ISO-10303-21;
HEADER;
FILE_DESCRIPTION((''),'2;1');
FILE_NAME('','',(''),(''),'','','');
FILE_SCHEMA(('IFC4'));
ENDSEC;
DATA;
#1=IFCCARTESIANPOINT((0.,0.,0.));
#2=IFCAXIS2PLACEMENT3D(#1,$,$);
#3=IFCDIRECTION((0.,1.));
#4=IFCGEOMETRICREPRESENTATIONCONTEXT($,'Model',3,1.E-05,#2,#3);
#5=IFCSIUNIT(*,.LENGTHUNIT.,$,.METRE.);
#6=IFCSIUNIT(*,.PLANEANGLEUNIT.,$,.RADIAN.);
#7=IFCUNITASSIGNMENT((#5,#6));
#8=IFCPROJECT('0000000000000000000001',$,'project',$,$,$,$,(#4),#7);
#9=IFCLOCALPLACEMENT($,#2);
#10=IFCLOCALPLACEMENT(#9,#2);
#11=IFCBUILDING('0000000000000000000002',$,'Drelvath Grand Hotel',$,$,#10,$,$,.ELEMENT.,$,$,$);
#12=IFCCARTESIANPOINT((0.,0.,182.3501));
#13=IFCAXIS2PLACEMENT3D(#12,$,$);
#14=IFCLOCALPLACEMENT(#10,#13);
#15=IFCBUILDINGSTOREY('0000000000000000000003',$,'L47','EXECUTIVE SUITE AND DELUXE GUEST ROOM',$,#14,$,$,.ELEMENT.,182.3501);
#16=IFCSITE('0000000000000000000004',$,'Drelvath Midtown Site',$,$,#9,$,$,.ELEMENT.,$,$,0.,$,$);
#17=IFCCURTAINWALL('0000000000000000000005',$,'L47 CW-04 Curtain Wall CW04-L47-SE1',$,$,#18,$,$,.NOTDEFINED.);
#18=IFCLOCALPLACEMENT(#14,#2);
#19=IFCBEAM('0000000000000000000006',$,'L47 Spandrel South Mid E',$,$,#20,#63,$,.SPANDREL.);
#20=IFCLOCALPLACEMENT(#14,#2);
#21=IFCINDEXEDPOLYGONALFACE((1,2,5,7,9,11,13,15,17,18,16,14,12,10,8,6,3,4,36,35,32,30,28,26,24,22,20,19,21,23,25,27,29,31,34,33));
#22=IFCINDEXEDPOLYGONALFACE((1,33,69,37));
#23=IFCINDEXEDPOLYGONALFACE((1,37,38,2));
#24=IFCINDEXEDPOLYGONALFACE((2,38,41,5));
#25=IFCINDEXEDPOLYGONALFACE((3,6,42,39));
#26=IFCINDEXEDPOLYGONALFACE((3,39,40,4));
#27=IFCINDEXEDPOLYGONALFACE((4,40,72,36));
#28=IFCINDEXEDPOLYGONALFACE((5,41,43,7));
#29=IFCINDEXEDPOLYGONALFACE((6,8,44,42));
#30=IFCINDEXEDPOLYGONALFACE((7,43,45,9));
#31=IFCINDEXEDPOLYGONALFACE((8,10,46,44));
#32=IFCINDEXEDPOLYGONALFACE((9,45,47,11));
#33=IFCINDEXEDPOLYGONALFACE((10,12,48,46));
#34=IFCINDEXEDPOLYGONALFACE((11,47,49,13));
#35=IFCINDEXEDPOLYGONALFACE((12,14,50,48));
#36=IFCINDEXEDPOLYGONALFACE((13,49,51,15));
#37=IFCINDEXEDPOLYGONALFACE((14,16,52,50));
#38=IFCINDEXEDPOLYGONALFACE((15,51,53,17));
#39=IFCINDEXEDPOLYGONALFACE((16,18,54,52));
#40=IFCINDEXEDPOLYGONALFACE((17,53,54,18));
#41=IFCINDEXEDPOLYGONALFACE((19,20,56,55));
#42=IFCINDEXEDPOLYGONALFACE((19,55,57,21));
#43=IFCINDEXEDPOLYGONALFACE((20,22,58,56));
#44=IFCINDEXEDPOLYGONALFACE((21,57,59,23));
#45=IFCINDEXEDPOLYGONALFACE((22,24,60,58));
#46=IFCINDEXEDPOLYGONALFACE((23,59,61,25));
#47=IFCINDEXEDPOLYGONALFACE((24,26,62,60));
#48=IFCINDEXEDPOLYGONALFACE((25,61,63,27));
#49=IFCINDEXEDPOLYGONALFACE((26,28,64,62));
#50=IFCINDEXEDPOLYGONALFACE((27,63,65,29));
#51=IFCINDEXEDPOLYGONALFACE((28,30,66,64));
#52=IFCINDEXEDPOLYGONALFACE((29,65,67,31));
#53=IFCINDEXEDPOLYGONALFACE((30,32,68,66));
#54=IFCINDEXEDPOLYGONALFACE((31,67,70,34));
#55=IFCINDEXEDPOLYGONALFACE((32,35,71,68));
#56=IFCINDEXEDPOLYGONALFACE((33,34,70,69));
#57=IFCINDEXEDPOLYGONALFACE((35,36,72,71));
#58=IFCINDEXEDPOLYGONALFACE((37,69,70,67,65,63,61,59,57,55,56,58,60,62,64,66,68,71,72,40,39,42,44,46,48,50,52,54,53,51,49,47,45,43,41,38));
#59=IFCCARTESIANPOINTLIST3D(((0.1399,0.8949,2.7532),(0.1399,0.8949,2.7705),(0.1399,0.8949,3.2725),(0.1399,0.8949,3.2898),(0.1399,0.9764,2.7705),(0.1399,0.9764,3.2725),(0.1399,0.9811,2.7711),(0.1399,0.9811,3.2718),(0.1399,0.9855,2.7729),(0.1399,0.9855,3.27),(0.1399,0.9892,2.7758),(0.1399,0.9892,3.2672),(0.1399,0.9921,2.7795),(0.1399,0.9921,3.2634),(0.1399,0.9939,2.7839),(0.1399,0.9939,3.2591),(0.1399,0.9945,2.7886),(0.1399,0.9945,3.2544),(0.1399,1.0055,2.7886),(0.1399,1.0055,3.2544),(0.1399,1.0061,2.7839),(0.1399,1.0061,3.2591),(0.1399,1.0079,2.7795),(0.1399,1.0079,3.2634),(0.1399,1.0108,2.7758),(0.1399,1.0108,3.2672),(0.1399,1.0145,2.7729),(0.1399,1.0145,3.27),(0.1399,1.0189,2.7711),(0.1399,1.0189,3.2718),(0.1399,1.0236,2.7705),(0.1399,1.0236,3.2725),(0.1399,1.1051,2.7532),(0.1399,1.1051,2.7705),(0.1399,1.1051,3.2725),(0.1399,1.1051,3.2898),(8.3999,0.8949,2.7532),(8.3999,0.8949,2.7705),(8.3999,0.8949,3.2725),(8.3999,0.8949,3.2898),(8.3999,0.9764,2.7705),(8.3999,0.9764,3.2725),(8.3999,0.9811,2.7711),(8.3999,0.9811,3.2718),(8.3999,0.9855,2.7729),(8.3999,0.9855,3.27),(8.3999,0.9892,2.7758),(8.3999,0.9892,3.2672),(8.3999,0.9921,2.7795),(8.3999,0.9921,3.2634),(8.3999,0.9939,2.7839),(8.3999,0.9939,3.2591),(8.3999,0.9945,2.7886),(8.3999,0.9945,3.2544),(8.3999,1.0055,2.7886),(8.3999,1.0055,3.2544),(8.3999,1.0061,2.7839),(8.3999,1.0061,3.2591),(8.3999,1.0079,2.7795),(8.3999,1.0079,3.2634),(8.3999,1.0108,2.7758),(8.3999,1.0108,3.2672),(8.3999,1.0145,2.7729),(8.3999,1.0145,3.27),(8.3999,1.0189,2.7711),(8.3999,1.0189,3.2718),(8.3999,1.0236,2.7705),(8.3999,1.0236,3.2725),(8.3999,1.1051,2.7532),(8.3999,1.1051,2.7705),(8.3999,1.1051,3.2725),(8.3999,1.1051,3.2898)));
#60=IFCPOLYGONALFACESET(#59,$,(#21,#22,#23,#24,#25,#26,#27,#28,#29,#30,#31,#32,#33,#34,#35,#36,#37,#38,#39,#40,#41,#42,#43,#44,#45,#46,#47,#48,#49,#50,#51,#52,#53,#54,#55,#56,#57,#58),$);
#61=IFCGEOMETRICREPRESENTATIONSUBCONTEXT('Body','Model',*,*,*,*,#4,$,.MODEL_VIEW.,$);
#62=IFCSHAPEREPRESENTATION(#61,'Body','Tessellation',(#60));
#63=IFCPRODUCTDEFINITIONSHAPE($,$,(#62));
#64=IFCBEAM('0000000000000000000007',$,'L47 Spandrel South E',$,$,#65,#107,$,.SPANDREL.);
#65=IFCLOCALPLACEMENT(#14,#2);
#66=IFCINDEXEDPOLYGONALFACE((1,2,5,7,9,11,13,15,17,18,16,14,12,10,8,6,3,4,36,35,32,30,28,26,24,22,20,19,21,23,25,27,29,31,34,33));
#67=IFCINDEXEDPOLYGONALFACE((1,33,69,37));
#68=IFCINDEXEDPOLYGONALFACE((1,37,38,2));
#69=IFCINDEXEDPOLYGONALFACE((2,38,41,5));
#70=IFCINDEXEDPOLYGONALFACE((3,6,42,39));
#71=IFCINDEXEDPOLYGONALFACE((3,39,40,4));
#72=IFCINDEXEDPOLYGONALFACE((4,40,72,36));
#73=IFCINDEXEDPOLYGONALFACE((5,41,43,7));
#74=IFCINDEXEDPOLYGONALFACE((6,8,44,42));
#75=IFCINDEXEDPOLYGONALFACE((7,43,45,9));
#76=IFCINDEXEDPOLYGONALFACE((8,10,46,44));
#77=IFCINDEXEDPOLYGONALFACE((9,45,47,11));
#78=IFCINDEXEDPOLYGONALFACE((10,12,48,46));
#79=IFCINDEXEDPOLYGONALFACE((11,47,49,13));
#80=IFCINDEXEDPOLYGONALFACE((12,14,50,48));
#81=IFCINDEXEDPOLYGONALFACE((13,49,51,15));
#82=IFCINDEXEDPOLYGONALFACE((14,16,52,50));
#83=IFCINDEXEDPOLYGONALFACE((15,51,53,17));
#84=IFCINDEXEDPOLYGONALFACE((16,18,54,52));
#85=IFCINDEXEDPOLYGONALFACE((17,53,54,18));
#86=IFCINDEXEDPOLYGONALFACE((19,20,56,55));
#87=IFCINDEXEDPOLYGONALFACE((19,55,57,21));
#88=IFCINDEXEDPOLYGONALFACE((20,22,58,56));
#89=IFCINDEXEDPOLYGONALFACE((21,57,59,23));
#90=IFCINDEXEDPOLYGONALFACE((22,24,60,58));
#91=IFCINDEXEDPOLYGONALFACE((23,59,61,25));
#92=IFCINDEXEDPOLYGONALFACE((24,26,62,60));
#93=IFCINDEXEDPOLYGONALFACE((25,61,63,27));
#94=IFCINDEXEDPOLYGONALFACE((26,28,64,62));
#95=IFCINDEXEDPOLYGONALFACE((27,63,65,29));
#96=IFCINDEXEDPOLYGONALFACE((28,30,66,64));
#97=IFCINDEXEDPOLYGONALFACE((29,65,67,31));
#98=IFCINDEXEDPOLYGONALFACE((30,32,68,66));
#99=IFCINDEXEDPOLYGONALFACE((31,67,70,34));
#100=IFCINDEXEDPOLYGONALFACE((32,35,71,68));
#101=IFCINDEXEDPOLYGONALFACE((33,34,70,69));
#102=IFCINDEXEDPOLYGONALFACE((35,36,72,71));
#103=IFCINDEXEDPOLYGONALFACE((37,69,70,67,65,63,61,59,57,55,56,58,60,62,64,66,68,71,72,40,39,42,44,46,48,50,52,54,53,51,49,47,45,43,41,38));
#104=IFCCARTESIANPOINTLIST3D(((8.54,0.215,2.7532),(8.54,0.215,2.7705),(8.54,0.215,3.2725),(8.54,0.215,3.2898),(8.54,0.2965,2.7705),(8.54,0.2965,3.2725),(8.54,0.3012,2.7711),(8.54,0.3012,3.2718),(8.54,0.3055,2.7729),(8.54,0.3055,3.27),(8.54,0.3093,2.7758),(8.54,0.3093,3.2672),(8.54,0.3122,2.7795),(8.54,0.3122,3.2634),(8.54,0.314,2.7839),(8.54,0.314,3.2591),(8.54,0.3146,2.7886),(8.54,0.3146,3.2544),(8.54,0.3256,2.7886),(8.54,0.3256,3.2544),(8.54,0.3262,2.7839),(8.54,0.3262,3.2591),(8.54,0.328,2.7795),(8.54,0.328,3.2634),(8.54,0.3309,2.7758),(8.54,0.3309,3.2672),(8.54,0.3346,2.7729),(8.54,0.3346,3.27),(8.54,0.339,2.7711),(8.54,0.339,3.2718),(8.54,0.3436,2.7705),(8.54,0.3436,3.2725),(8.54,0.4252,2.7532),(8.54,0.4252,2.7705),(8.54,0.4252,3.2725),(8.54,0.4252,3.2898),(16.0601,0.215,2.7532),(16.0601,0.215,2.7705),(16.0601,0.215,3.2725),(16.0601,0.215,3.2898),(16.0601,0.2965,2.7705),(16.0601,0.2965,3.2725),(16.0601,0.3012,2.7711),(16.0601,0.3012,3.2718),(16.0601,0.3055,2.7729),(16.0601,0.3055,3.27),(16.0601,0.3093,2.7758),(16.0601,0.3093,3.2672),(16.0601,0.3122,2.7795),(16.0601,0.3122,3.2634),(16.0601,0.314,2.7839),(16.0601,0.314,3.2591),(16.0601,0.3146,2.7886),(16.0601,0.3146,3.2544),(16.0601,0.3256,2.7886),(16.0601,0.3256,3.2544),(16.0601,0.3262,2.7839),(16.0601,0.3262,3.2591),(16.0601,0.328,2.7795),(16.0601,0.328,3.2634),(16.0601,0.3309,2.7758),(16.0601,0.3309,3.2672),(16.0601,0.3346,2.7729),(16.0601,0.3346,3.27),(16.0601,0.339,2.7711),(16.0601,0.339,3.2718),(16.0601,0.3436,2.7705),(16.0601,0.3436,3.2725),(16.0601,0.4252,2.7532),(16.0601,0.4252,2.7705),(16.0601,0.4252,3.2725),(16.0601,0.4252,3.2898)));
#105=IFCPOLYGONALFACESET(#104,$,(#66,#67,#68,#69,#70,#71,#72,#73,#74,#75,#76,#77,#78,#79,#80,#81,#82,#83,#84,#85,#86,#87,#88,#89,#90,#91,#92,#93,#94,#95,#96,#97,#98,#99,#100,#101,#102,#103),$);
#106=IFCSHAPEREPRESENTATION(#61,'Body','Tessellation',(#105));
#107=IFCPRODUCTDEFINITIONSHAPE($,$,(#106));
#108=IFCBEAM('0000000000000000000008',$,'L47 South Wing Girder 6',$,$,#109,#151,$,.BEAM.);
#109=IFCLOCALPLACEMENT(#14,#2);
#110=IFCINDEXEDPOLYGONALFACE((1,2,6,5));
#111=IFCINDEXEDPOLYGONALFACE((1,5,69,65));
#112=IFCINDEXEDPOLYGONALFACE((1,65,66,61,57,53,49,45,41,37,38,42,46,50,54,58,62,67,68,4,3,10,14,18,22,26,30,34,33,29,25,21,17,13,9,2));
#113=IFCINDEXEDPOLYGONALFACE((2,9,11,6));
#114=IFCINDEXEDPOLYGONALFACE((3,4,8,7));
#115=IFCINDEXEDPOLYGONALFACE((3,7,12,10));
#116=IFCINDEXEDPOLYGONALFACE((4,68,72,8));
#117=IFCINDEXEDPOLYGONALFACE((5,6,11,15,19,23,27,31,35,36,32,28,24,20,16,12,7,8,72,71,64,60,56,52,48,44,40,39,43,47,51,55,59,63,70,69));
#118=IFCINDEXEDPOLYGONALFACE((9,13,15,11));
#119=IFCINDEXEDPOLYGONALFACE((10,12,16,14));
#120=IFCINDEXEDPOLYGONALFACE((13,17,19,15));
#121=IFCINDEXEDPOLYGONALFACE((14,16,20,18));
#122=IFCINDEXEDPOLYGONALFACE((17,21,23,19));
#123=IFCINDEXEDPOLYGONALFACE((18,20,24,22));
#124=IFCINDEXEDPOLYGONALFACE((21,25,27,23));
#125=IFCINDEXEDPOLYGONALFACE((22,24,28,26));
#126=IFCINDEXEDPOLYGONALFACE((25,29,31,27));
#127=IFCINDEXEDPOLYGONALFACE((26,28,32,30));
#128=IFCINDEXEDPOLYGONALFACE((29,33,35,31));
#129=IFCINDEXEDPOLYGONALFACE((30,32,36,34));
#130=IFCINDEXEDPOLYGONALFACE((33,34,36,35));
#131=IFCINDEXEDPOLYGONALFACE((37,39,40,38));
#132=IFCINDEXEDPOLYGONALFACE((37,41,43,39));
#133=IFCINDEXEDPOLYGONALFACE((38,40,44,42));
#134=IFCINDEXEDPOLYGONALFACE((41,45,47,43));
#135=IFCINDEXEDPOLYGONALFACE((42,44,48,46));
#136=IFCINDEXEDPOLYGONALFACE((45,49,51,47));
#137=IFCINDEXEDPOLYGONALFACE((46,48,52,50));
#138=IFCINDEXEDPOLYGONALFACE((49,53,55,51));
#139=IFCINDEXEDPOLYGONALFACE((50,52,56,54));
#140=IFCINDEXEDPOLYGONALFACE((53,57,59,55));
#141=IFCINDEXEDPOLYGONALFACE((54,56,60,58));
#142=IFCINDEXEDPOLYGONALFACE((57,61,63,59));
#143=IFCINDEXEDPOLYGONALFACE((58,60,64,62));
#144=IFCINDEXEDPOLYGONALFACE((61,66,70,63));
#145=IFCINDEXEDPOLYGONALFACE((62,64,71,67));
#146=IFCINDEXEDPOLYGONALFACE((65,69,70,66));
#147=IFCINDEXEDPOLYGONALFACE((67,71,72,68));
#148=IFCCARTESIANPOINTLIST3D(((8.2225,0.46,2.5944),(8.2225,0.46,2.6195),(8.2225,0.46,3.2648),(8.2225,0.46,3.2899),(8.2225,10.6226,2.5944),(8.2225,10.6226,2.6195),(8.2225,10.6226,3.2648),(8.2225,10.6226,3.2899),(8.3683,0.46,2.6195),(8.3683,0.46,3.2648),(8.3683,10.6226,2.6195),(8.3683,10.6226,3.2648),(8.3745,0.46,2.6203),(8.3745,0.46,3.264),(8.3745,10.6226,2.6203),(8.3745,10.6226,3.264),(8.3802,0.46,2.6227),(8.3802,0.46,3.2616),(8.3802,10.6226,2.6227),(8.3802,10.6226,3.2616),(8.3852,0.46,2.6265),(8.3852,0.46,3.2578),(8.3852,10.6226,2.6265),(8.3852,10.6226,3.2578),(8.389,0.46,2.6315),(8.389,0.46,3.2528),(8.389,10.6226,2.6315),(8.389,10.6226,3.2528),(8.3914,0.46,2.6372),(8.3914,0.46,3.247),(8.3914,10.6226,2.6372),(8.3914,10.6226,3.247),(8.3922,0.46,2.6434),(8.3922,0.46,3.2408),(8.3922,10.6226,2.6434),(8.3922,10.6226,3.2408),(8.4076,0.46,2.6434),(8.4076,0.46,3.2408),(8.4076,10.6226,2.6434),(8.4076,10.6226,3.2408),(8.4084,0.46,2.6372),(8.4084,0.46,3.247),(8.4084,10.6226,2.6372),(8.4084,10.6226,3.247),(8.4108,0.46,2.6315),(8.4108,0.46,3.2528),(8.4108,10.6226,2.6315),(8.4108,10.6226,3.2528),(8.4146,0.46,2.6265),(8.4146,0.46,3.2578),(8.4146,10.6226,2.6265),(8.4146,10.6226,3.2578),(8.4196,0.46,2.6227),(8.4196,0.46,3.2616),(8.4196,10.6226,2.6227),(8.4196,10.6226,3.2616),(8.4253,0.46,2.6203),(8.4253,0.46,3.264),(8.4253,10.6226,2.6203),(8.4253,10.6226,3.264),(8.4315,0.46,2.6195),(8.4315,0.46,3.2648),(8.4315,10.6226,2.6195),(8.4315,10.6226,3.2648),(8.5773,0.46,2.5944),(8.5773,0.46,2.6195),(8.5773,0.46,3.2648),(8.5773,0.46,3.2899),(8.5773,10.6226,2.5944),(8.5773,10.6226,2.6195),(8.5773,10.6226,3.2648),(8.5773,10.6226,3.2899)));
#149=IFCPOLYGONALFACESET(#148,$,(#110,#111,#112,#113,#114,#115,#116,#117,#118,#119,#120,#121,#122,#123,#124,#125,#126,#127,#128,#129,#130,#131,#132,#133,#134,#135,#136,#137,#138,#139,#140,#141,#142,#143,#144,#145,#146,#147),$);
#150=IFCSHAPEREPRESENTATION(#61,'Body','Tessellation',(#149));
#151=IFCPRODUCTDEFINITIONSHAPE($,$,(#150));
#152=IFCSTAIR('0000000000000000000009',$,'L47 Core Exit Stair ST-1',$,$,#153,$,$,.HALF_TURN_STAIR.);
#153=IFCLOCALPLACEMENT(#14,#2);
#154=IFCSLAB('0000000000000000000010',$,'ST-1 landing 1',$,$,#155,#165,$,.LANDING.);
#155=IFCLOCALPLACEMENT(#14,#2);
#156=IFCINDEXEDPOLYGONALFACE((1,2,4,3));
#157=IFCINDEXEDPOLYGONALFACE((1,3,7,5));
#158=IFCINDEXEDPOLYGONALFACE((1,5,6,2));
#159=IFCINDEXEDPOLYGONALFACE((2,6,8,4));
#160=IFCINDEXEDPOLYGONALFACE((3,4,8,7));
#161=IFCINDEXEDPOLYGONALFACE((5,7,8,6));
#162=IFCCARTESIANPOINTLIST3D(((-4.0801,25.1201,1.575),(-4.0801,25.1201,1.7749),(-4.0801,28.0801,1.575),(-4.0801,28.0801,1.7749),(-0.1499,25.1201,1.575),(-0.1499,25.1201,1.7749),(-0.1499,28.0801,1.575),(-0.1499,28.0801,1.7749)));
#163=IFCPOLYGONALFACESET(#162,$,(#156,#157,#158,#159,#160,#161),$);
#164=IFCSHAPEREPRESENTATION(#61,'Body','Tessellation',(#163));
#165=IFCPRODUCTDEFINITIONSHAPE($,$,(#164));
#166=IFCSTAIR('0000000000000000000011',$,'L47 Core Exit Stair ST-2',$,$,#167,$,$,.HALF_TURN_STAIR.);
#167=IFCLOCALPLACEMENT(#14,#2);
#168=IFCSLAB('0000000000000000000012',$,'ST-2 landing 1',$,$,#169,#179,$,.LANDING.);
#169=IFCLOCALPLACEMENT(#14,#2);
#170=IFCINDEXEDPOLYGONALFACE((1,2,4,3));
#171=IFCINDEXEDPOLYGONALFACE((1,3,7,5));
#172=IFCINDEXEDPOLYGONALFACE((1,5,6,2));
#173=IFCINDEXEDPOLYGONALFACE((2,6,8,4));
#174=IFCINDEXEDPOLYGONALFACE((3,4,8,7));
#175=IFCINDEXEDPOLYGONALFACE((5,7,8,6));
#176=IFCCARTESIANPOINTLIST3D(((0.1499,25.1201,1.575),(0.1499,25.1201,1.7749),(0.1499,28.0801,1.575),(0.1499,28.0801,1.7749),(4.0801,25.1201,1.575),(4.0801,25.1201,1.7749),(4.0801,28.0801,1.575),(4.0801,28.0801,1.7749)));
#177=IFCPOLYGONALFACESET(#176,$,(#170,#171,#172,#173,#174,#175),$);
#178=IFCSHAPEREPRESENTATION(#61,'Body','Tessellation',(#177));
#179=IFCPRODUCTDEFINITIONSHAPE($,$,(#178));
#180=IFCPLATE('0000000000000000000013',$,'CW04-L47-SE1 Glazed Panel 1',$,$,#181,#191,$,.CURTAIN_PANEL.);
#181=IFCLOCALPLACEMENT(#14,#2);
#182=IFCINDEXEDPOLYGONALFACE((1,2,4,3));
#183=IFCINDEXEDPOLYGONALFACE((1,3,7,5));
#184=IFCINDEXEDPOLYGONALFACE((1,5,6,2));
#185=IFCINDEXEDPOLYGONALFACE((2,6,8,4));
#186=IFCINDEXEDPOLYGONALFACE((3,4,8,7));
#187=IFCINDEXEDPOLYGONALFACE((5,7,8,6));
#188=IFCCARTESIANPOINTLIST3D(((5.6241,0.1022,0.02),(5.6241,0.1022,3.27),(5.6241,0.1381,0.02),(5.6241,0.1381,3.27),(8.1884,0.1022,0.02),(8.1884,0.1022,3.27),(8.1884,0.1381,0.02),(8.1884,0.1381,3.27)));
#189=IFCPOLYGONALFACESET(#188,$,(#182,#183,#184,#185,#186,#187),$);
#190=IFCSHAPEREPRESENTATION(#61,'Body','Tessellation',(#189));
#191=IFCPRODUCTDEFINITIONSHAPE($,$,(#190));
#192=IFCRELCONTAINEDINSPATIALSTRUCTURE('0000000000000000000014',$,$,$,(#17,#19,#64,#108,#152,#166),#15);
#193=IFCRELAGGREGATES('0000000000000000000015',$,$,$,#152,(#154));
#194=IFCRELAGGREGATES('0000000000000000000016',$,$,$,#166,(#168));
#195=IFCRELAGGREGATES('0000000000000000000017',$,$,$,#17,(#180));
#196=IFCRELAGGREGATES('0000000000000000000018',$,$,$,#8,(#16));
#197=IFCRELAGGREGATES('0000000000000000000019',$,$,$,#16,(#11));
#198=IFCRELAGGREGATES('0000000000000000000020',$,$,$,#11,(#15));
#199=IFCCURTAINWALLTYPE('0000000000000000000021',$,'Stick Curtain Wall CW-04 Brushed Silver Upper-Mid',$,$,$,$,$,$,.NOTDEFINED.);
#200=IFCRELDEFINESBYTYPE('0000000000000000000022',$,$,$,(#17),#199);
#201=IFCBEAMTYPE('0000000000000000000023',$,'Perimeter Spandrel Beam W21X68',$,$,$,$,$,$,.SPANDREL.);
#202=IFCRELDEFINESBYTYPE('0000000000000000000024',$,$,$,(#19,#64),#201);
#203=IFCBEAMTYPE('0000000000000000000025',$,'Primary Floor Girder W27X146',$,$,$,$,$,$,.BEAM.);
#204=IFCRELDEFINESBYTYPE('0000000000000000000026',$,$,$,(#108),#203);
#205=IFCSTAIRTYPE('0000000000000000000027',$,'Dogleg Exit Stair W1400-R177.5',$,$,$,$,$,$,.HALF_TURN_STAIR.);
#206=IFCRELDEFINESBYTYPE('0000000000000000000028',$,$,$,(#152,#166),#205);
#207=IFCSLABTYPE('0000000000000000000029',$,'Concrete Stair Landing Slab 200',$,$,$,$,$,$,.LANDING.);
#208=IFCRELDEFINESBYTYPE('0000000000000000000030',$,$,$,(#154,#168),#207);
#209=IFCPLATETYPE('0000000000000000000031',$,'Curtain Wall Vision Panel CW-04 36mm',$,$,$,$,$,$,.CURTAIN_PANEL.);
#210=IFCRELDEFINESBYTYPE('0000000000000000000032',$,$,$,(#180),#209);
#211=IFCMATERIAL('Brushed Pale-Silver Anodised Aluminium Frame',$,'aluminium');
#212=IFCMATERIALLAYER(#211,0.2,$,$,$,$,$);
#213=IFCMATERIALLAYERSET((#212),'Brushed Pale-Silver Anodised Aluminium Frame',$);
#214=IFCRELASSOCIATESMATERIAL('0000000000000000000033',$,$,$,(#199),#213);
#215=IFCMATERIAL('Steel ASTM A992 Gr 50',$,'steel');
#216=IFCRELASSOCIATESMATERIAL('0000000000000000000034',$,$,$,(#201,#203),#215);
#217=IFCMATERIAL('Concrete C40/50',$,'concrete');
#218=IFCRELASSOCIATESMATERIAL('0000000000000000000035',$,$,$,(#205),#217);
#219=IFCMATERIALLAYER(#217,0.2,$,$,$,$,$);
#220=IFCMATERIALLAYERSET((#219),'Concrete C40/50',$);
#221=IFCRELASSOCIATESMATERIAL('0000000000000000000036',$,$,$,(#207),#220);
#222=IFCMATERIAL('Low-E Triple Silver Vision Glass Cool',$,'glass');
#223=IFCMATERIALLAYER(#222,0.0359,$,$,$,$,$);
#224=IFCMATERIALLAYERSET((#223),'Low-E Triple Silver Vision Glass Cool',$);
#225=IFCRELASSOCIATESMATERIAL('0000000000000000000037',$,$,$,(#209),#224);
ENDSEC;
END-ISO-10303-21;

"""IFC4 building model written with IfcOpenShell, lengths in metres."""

from ifc_helpers import new_model, si_unit, direction, frame, origin, origin_2d, place, context, subcontext, project, spatial, polyline, rectangle, i_section, outline, extrude, material, layer, layer_set, material_profile, profile_set, type_object, element, aggregate, save


model = new_model("IFC4")

# Units and contexts
model_context = context("Model", 3, precision=1e-05, world=origin(), true_north=direction((0.0, 1.0)))
body_context = subcontext(model_context, "Body", "Model", "MODEL_VIEW")
ifc_project = project(units=[si_unit("LENGTHUNIT", "METRE"), si_unit("PLANEANGLEUNIT", "RADIAN")], contexts=[model_context])

# Site, building, storey
site_placement = place(None, origin())
site = spatial("IfcSite", under=ifc_project, at=site_placement, Name="Drelvath Midtown Site", CompositionType="ELEMENT", RefElevation=0.0)
building_placement = place(site_placement, origin())
building = spatial("IfcBuilding", under=site, at=building_placement, Name="Drelvath Grand Hotel", CompositionType="ELEMENT")
storey_placement = place(building_placement, frame((0.0, 0.0, 182.3501)))
storey = spatial("IfcBuildingStorey", under=building, at=storey_placement, Name="L47", Description="EXECUTIVE SUITE AND DELUXE GUEST ROOM", CompositionType="ELEMENT", Elevation=182.3501)

# Curtain wall
ifc_material_1 = material(Name="Brushed Pale-Silver Anodised Aluminium Frame", Category="aluminium")
ifc_layer_1 = layer(ifc_material_1, 0.2)
ifc_layer_set_1 = layer_set([ifc_layer_1], Name="Brushed Pale-Silver Anodised Aluminium Frame")
curtain_wall_type = type_object("IfcCurtainWallType", Name="Stick Curtain Wall CW-04 Brushed Silver Upper-Mid", PredefinedType="NOTDEFINED", material=ifc_layer_set_1)
curtain_wall_1_placement = place(storey_placement, origin())
curtain_wall_1 = element("IfcCurtainWall", 1, at=curtain_wall_1_placement, inside=storey, type_object=curtain_wall_type, Name="L47 CW-04 Curtain Wall CW04-L47-SE1", PredefinedType="NOTDEFINED")

# Beams
ifc_material_2 = material(Name="Steel ASTM A992 Gr 50", Category="steel")
ifc_material_profile_1 = material_profile(ifc_material_2, i_section(OverallWidth=0.2102, OverallDepth=0.5366, WebThickness=0.011, FlangeThickness=0.0173, FilletRadius=0.0181, at=origin_2d()), Name="W21X68")
ifc_profile_set_1 = profile_set([ifc_material_profile_1], Name="Steel ASTM A992 Gr 50")
beam_type_1 = type_object("IfcBeamType", Name="Perimeter Spandrel Beam W21X68", PredefinedType="SPANDREL", material=ifc_profile_set_1)
beam_1_placement = place(storey_placement, frame((0.1399, 1.0, 3.0215), z_axis=(1.0, 0.0, 0.0), x_axis=(0.0, 1.0, 0.0)))
element("IfcBeam", 2, at=beam_1_placement, inside=storey, type_object=beam_type_1, Name="L47 Spandrel South Mid E", PredefinedType="SPANDREL", context=body_context, shape_type="SweptSolid", body=[
    extrude(i_section(OverallWidth=0.2102, OverallDepth=0.5366, WebThickness=0.011, FlangeThickness=0.0173, FilletRadius=0.0181, at=origin_2d()), origin(), (0.0, 0.0, 1.0), 8.26),
])
beam_2_placement = place(storey_placement, frame((8.54, 0.3201, 3.0215), z_axis=(1.0, 0.0, 0.0), x_axis=(0.0, 1.0, 0.0)))
element("IfcBeam", 3, at=beam_2_placement, inside=storey, type_object=beam_type_1, Name="L47 Spandrel South E", PredefinedType="SPANDREL", context=body_context, shape_type="SweptSolid", body=[
    extrude(i_section(OverallWidth=0.2102, OverallDepth=0.5366, WebThickness=0.011, FlangeThickness=0.0173, FilletRadius=0.0181, at=origin_2d()), origin(), (0.0, 0.0, 1.0), 7.52),
])
ifc_material_profile_2 = material_profile(ifc_material_2, i_section(OverallWidth=0.3547, OverallDepth=0.6956, WebThickness=0.0154, FlangeThickness=0.0251, FilletRadius=0.0239, at=origin_2d()), Name="W27X146")
ifc_profile_set_2 = profile_set([ifc_material_profile_2], Name="Steel ASTM A992 Gr 50")
beam_type_2 = type_object("IfcBeamType", Name="Primary Floor Girder W27X146", PredefinedType="BEAM", material=ifc_profile_set_2)
beam_3_placement = place(storey_placement, frame((8.3999, 0.46, 2.9421), z_axis=(0.0, 1.0, 0.0), x_axis=(-1.0, 0.0, 0.0)))
element("IfcBeam", 4, at=beam_3_placement, inside=storey, type_object=beam_type_2, Name="L47 South Wing Girder 6", PredefinedType="BEAM", context=body_context, shape_type="SweptSolid", body=[
    extrude(i_section(OverallWidth=0.3547, OverallDepth=0.6956, WebThickness=0.0154, FlangeThickness=0.0251, FilletRadius=0.0239, at=origin_2d()), origin(), (0.0, 0.0, 1.0), 10.1626),
])

# Stairs, slabs
ifc_material_3 = material(Name="Concrete C40/50", Category="concrete")
stair_type = type_object("IfcStairType", Name="Dogleg Exit Stair W1400-R177.5", PredefinedType="HALF_TURN_STAIR", material=ifc_material_3)
stair_1_placement = place(storey_placement, origin())
stair_1 = element("IfcStair", 5, at=stair_1_placement, inside=storey, type_object=stair_type, Name="L47 Core Exit Stair ST-1", PredefinedType="HALF_TURN_STAIR")
ifc_layer_2 = layer(ifc_material_3, 0.2)
ifc_layer_set_2 = layer_set([ifc_layer_2], Name="Concrete C40/50")
slab_type = type_object("IfcSlabType", Name="Concrete Stair Landing Slab 200", PredefinedType="LANDING", material=ifc_layer_set_2)
slab_1_placement = place(storey_placement, frame((0.0, 0.0, 1.575)))
slab_1 = element("IfcSlab", 6, at=slab_1_placement, type_object=slab_type, Name="ST-1 landing 1", PredefinedType="LANDING", context=body_context, shape_type="SweptSolid", body=[
    extrude(outline(polyline([(-4.0801, 25.1201), (-0.1499, 25.1201), (-0.1499, 28.0801), (-4.0801, 28.0801), (-4.0801, 25.1201)])), origin(), (0.0, 0.0, 1.0), 0.2),
])
aggregate(stair_1, [slab_1])
stair_2_placement = place(storey_placement, origin())
stair_2 = element("IfcStair", 7, at=stair_2_placement, inside=storey, type_object=stair_type, Name="L47 Core Exit Stair ST-2", PredefinedType="HALF_TURN_STAIR")
slab_2_placement = place(storey_placement, frame((0.0, 0.0, 1.575)))
slab_2 = element("IfcSlab", 8, at=slab_2_placement, type_object=slab_type, Name="ST-2 landing 1", PredefinedType="LANDING", context=body_context, shape_type="SweptSolid", body=[
    extrude(outline(polyline([(4.0801, 28.0801), (0.1499, 28.0801), (0.1499, 25.1201), (4.0801, 25.1201), (4.0801, 28.0801)])), origin(), (0.0, 0.0, 1.0), 0.2),
])
aggregate(stair_2, [slab_2])

# Plate
ifc_material_4 = material(Name="Low-E Triple Silver Vision Glass Cool", Category="glass")
ifc_layer_3 = layer(ifc_material_4, 0.0359)
ifc_layer_set_3 = layer_set([ifc_layer_3], Name="Low-E Triple Silver Vision Glass Cool")
plate_type = type_object("IfcPlateType", Name="Curtain Wall Vision Panel CW-04 36mm", PredefinedType="CURTAIN_PANEL", material=ifc_layer_set_3)
plate_1_placement = place(storey_placement, frame((6.9062, 0.1201, 0.02), z_axis=(0.0, 0.0, 1.0), x_axis=(-1.0, 0.0, 0.0)))
plate_1 = element("IfcPlate", 9, at=plate_1_placement, type_object=plate_type, Name="CW04-L47-SE1 Glazed Panel 1", PredefinedType="CURTAIN_PANEL", context=body_context, shape_type="SweptSolid", body=[
    extrude(rectangle(XDim=2.5642, YDim=0.0359, at=origin_2d()), origin(), (0.0, 0.0, 1.0), 3.25),
])
aggregate(curtain_wall_1, [plate_1])

save(model, "model.ifc")
